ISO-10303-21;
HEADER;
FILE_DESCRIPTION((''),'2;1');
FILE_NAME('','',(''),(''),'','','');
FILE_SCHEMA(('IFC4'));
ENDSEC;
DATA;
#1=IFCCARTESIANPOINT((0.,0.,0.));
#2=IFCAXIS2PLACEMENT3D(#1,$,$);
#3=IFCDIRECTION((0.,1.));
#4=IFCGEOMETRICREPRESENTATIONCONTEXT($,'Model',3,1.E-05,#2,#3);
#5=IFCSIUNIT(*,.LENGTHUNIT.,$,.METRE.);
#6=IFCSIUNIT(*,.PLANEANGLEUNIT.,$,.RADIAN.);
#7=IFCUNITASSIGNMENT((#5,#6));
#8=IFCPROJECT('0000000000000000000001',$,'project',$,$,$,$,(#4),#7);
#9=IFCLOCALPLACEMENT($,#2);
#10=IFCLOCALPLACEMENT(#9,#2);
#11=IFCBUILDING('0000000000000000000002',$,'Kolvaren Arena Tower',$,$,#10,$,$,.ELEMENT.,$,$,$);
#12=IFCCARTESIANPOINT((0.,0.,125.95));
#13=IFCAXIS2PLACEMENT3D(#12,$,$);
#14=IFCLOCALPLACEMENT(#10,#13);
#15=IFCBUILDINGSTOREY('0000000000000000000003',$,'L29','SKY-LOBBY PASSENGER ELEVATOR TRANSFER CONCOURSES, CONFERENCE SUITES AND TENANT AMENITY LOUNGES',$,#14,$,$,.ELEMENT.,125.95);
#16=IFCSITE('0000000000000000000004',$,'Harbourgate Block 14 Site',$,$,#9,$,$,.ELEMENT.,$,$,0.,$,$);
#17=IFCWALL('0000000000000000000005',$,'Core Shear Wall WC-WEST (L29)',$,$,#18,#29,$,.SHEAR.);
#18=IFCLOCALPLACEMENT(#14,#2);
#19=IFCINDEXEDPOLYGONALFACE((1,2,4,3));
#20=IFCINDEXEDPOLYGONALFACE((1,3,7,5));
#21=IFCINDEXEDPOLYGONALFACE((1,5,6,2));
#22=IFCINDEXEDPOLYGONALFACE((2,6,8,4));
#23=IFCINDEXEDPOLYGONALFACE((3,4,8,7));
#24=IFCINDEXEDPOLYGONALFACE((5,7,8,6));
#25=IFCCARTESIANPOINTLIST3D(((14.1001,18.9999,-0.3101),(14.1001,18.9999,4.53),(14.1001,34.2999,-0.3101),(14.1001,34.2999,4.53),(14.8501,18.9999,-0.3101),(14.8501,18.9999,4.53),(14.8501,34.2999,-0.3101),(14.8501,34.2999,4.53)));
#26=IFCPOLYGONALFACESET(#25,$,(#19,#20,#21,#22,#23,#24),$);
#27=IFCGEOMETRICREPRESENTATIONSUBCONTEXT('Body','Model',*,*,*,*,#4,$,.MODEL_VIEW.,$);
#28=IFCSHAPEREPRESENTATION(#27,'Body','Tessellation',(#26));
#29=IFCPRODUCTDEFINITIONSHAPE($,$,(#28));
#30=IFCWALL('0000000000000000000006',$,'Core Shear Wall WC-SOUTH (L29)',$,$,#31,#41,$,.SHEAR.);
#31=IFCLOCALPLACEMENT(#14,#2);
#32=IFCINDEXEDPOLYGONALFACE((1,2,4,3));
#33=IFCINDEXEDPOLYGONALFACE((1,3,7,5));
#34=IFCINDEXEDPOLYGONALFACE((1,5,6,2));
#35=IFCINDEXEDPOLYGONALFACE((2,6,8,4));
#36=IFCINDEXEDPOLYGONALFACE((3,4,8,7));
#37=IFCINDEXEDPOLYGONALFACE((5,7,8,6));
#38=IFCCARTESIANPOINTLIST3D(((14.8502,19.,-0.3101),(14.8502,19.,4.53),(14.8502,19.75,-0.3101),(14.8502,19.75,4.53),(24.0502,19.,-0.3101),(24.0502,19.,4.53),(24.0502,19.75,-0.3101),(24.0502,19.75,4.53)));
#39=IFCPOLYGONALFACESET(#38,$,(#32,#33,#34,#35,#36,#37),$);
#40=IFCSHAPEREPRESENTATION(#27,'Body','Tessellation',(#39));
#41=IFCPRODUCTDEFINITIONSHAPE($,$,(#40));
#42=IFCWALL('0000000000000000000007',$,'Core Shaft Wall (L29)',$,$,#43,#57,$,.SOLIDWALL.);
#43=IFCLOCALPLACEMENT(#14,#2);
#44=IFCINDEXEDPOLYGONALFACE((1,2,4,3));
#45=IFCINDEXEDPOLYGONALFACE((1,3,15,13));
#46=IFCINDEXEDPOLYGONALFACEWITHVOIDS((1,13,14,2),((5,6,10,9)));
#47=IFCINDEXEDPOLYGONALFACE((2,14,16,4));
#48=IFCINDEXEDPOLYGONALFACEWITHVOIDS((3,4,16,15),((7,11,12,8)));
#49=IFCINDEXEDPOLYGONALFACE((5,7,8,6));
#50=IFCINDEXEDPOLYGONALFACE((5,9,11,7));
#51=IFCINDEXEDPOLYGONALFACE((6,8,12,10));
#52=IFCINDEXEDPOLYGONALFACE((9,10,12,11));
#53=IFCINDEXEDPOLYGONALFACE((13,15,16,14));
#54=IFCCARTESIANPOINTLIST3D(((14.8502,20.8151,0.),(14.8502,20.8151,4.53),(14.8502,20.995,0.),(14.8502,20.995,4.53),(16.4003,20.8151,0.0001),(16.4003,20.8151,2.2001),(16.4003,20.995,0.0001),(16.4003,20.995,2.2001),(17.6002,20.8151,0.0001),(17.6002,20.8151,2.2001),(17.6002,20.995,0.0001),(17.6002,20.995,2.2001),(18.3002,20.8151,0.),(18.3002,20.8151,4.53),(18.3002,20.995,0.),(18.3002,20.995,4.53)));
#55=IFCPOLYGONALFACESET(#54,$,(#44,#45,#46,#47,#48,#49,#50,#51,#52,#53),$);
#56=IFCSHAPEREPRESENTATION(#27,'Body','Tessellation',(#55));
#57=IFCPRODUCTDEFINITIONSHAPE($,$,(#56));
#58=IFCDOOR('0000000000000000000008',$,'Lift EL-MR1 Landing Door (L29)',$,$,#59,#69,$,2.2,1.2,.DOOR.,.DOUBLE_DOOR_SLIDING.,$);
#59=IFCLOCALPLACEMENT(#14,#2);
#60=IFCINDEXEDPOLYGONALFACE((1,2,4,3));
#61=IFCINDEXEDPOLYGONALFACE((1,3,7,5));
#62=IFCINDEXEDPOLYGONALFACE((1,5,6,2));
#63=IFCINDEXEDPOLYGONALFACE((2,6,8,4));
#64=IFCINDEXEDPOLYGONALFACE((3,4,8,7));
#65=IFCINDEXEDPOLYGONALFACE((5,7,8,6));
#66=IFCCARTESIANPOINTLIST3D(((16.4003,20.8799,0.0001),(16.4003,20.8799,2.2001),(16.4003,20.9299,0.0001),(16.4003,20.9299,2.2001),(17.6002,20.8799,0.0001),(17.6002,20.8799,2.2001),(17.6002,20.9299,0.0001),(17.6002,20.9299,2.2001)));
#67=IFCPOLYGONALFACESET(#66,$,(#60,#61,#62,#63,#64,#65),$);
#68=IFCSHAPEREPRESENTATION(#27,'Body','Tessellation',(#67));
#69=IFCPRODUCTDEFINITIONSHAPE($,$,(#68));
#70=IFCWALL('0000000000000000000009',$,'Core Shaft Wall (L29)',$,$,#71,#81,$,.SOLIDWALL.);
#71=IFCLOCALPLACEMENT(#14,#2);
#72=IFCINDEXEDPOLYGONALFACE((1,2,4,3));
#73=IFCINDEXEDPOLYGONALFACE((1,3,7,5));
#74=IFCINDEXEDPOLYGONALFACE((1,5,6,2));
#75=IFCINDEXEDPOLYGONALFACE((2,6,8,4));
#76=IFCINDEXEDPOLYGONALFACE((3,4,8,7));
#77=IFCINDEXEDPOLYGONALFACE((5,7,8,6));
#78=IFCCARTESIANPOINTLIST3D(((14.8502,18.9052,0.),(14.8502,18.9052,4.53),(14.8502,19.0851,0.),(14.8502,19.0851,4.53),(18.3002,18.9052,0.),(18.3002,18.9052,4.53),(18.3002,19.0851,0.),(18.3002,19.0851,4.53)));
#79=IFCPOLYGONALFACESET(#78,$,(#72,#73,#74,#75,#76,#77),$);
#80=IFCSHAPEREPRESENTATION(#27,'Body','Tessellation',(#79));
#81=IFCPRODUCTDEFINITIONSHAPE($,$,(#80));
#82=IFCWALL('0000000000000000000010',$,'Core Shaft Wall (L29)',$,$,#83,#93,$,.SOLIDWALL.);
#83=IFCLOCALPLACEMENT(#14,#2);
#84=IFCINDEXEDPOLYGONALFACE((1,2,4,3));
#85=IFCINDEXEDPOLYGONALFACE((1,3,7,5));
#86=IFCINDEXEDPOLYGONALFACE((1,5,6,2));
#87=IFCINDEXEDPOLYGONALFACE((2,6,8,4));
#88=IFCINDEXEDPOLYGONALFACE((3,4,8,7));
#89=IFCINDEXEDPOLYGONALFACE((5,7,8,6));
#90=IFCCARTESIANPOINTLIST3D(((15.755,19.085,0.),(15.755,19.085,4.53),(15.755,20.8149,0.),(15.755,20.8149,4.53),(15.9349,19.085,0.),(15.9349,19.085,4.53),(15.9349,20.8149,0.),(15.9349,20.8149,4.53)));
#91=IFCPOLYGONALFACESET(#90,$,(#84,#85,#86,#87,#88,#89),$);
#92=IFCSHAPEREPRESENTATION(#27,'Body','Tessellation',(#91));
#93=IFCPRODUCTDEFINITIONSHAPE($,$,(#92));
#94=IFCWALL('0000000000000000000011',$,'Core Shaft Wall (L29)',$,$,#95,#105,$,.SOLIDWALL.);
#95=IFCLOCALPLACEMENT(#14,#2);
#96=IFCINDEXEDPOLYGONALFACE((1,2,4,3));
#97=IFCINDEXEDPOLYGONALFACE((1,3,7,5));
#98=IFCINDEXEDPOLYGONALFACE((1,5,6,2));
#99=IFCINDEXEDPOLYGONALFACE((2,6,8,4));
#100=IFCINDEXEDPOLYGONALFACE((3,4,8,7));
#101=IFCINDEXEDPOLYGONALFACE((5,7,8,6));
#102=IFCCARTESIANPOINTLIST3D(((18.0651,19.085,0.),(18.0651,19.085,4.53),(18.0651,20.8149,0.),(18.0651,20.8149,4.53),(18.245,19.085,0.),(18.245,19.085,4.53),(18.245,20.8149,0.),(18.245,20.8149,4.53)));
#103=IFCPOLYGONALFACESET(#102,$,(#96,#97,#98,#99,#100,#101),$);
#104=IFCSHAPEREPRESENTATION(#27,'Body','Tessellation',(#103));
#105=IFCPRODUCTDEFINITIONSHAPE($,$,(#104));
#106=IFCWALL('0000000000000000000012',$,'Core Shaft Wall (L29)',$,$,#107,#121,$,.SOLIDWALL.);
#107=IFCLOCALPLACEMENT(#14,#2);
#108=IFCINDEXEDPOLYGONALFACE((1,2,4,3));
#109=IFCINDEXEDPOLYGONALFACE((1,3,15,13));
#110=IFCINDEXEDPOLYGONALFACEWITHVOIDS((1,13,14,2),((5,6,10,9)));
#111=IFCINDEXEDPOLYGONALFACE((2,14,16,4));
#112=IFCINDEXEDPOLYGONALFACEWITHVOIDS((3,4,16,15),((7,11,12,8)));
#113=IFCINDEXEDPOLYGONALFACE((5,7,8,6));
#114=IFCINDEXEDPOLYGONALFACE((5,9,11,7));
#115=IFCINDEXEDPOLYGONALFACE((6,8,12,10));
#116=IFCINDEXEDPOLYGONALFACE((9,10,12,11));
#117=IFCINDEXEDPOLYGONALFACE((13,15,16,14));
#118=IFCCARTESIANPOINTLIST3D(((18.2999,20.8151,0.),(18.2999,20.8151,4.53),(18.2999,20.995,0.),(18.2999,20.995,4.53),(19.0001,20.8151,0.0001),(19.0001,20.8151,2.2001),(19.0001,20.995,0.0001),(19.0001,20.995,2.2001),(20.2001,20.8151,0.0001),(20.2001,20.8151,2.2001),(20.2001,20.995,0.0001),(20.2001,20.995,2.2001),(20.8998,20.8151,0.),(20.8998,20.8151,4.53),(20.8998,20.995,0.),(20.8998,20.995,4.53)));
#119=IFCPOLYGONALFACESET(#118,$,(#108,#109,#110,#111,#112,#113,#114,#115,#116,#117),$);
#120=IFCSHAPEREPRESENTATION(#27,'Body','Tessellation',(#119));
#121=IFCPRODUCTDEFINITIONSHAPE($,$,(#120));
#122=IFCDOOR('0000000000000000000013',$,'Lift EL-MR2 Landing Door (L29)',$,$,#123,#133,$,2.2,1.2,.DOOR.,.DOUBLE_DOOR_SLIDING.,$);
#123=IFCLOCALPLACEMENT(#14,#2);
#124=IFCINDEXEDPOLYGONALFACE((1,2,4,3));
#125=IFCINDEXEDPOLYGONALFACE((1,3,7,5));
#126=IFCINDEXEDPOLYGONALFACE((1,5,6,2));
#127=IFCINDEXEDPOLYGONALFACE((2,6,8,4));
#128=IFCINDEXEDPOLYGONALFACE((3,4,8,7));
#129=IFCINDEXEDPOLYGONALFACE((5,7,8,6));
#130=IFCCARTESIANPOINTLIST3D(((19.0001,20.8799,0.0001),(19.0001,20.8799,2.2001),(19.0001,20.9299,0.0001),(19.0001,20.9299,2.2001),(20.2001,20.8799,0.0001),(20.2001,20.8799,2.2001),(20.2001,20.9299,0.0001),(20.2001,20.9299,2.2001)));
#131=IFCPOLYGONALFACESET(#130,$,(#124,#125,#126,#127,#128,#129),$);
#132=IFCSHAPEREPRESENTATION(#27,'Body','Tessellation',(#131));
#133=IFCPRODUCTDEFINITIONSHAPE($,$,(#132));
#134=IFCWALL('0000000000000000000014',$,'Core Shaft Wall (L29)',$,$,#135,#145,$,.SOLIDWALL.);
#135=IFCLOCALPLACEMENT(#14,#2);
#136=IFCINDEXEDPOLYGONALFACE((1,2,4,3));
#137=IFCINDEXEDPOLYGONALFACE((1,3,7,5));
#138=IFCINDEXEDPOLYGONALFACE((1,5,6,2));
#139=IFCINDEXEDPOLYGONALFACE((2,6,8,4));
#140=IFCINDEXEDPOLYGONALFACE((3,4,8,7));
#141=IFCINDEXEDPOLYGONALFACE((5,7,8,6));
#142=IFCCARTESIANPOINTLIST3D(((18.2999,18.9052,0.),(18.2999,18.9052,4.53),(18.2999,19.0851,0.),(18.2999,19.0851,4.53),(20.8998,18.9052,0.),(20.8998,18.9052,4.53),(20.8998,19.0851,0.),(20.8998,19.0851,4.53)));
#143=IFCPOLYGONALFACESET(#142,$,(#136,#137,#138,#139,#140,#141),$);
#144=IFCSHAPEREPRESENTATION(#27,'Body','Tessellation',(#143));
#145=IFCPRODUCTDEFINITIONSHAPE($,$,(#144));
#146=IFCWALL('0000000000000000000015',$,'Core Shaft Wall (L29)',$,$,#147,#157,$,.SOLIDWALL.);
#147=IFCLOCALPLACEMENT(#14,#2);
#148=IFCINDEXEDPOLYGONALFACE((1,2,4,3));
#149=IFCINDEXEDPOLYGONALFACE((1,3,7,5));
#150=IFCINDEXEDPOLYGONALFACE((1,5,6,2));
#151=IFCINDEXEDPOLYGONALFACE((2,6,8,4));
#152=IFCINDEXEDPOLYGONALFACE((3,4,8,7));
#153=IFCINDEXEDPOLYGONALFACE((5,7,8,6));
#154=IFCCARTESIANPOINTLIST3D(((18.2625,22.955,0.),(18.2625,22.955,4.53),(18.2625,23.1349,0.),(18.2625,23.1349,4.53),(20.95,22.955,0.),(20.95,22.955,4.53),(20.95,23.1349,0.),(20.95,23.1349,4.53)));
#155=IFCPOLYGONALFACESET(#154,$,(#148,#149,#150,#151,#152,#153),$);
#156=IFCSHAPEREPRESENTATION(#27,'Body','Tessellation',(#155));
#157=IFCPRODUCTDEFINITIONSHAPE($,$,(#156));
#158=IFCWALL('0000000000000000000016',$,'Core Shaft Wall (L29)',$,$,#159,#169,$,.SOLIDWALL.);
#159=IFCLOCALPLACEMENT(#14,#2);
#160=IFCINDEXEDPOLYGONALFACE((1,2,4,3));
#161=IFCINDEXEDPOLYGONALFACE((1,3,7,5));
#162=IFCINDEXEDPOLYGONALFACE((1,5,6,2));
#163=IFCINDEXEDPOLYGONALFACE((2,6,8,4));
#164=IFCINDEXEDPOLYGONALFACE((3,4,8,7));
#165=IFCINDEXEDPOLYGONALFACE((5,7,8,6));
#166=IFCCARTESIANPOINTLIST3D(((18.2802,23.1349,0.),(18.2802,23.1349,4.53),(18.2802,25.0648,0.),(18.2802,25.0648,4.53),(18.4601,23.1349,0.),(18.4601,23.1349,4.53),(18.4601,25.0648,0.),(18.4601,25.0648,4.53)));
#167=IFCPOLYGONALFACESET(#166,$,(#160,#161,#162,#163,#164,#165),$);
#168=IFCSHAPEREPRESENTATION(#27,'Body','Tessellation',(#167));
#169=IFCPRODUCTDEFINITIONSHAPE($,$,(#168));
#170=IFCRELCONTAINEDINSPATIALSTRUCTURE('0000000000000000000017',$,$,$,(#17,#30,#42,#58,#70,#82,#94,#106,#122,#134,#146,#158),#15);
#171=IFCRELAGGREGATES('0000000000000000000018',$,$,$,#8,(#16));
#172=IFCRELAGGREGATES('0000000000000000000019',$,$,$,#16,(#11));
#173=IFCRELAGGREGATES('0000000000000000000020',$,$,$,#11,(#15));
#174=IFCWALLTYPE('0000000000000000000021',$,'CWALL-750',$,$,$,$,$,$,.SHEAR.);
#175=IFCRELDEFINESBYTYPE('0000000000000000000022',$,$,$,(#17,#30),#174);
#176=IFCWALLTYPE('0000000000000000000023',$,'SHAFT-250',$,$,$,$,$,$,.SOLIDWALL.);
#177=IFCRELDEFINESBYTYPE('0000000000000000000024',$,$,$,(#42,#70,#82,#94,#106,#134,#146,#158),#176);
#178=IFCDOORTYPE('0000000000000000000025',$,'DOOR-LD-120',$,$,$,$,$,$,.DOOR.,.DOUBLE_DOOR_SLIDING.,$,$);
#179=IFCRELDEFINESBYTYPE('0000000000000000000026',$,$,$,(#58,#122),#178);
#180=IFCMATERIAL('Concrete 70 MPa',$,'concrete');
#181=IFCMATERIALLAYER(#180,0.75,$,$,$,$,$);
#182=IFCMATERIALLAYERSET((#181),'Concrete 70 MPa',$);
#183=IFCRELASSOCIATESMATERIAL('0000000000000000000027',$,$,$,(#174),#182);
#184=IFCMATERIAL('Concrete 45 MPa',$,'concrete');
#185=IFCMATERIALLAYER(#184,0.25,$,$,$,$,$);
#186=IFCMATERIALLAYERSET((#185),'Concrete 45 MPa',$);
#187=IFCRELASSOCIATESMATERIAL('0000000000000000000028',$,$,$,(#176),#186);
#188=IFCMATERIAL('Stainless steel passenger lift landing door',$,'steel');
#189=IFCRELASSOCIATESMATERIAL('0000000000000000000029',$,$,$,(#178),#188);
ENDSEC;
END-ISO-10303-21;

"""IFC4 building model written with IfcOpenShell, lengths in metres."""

from ifc_helpers import new_model, si_unit, direction, frame, frame_2d, origin, place, context, subcontext, project, spatial, rectangle, extrude, material, layer, layer_set, type_object, element, fill, save


model = new_model("IFC4")

# Units and contexts
model_context = context("Model", 3, precision=1e-05, world=origin(), true_north=direction((0.0, 1.0)))
body_context = subcontext(model_context, "Body", "Model", "MODEL_VIEW")
ifc_project = project(units=[si_unit("LENGTHUNIT", "METRE"), si_unit("PLANEANGLEUNIT", "RADIAN")], contexts=[model_context])

# Site, building, storey
site_placement = place(None, origin())
site = spatial("IfcSite", under=ifc_project, at=site_placement, Name="Harbourgate Block 14 Site", CompositionType="ELEMENT", RefElevation=0.0)
building_placement = place(site_placement, origin())
building = spatial("IfcBuilding", under=site, at=building_placement, Name="Kolvaren Arena Tower", CompositionType="ELEMENT")
storey_placement = place(building_placement, frame((0.0, 0.0, 125.95)))
storey = spatial("IfcBuildingStorey", under=building, at=storey_placement, Name="L29", Description="SKY-LOBBY PASSENGER ELEVATOR TRANSFER CONCOURSES, CONFERENCE SUITES AND TENANT AMENITY LOUNGES", CompositionType="ELEMENT", Elevation=125.95)

# Walls
ifc_material_1 = material(Name="Concrete 70 MPa", Category="concrete")
ifc_layer_1 = layer(ifc_material_1, 0.75)
ifc_layer_set_1 = layer_set([ifc_layer_1], Name="Concrete 70 MPa")
wall_type_1 = type_object("IfcWallType", Name="CWALL-750", PredefinedType="SHEAR", material=ifc_layer_set_1)
wall_1_placement = place(storey_placement, frame((14.4751, 19.0, -0.3101), z_axis=(0.0, 0.0, 1.0), x_axis=(0.0, 1.0, 0.0)))
element("IfcWall", 1, at=wall_1_placement, inside=storey, type_object=wall_type_1, Name="Core Shear Wall WC-WEST (L29)", PredefinedType="SHEAR", context=body_context, shape_type="SweptSolid", body=[
    extrude(rectangle(XDim=15.3, YDim=0.75, at=frame_2d((7.6499, 0.0))), origin(), (0.0, 0.0, 1.0), 4.8401),
])
wall_2_placement = place(storey_placement, frame((14.8501, 19.375, -0.3101), z_axis=(0.0, 0.0, 1.0), x_axis=(1.0, 0.0, 0.0)))
element("IfcWall", 2, at=wall_2_placement, inside=storey, type_object=wall_type_1, Name="Core Shear Wall WC-SOUTH (L29)", PredefinedType="SHEAR", context=body_context, shape_type="SweptSolid", body=[
    extrude(rectangle(XDim=9.2, YDim=0.75, at=frame_2d((4.6001, 0.0))), origin(), (0.0, 0.0, 1.0), 4.8401),
])

# Wall, opening, door
ifc_material_2 = material(Name="Concrete 45 MPa", Category="concrete")
ifc_layer_2 = layer(ifc_material_2, 0.25)
ifc_layer_set_2 = layer_set([ifc_layer_2], Name="Concrete 45 MPa")
wall_type_2 = type_object("IfcWallType", Name="SHAFT-250", PredefinedType="SOLIDWALL", material=ifc_layer_set_2)
wall_3_placement = place(storey_placement, frame((14.8501, 20.905, 0.0), z_axis=(0.0, 0.0, 1.0), x_axis=(1.0, 0.0, 0.0)))
wall_3 = element("IfcWall", 3, at=wall_3_placement, inside=storey, type_object=wall_type_2, Name="Core Shaft Wall (L29)", PredefinedType="SOLIDWALL", context=body_context, shape_type="SweptSolid", body=[
    extrude(rectangle(XDim=3.45, YDim=0.1799, at=frame_2d((1.7251, 0.0))), origin(), (0.0, 0.0, 1.0), 4.53),
])
opening_1_placement = place(wall_3_placement, frame((1.55, 0.0, 0.0)))
opening_1 = element("IfcOpeningElement", 4, at=opening_1_placement, cuts=wall_3, PredefinedType="OPENING", context=body_context, shape_type="SweptSolid", body=[
    extrude(rectangle(XDim=1.2, YDim=2.2, at=frame_2d((0.6001, 1.1001))), frame((0.0, 0.0999, 0.0), z_axis=(0.0, -1.0, 0.0), x_axis=(1.0, 0.0, 0.0)), (0.0, 0.0, 1.0), 0.2),
])
ifc_material_3 = material(Name="Stainless steel passenger lift landing door", Category="steel")
door_type_1 = type_object("IfcDoorType", Name="DOOR-LD-120", OperationType="DOUBLE_DOOR_SLIDING", PredefinedType="DOOR", material=ifc_material_3)
door_1_placement = place(opening_1_placement, origin())
door_1 = element("IfcDoor", 5, at=door_1_placement, inside=storey, type_object=door_type_1, Name="Lift EL-MR1 Landing Door (L29)", OperationType="DOUBLE_DOOR_SLIDING", OverallHeight=2.2, OverallWidth=1.2, PredefinedType="DOOR", context=body_context, shape_type="SweptSolid", body=[
    extrude(rectangle(XDim=1.2, YDim=2.2, at=frame_2d((0.6001, 1.1001))), frame((0.0, 0.0249, 0.0), z_axis=(0.0, -1.0, 0.0), x_axis=(1.0, 0.0, 0.0)), (0.0, 0.0, 1.0), 0.05),
])
fill(opening_1, door_1)

# Walls
wall_4_placement = place(storey_placement, frame((14.8501, 18.9951, 0.0), z_axis=(0.0, 0.0, 1.0), x_axis=(1.0, 0.0, 0.0)))
element("IfcWall", 6, at=wall_4_placement, inside=storey, type_object=wall_type_2, Name="Core Shaft Wall (L29)", PredefinedType="SOLIDWALL", context=body_context, shape_type="SweptSolid", body=[
    extrude(rectangle(XDim=3.45, YDim=0.1799, at=frame_2d((1.7251, 0.0))), origin(), (0.0, 0.0, 1.0), 4.53),
])
for number, where, z_axis, x_axis, name in (
    (7, (15.845, 19.085, 0.0), (0.0, 0.0, 1.0), (0.0, 1.0, 0.0), "Core Shaft Wall (L29)"),
    (8, (18.155, 19.085, 0.0), (0.0, 0.0, 1.0), (0.0, 1.0, 0.0), "Core Shaft Wall (L29)"),
):
    element("IfcWall", number, at=place(storey_placement, frame(where, z_axis=z_axis, x_axis=x_axis)), inside=storey, type_object=wall_type_2, Name=name, PredefinedType="SOLIDWALL", context=body_context, shape_type="SweptSolid", body=[
        extrude(rectangle(XDim=1.73, YDim=0.1799, at=frame_2d((0.865, 0.0))), origin(), (0.0, 0.0, 1.0), 4.53),
    ])

# Wall, opening, door
wall_5_placement = place(storey_placement, frame((18.3, 20.905, 0.0), z_axis=(0.0, 0.0, 1.0), x_axis=(1.0, 0.0, 0.0)))
wall_5 = element("IfcWall", 9, at=wall_5_placement, inside=storey, type_object=wall_type_2, Name="Core Shaft Wall (L29)", PredefinedType="SOLIDWALL", context=body_context, shape_type="SweptSolid", body=[
    extrude(rectangle(XDim=2.5999, YDim=0.1799, at=frame_2d((1.2998, 0.0))), origin(), (0.0, 0.0, 1.0), 4.53),
])
opening_2_placement = place(wall_5_placement, frame((0.7, 0.0, 0.0)))
opening_2 = element("IfcOpeningElement", 10, at=opening_2_placement, cuts=wall_5, PredefinedType="OPENING", context=body_context, shape_type="SweptSolid", body=[
    extrude(rectangle(XDim=1.2, YDim=2.2, at=frame_2d((0.6001, 1.1001))), frame((0.0, 0.0999, 0.0), z_axis=(0.0, -1.0, 0.0), x_axis=(1.0, 0.0, 0.0)), (0.0, 0.0, 1.0), 0.2),
])
door_2_placement = place(opening_2_placement, origin())
door_2 = element("IfcDoor", 11, at=door_2_placement, inside=storey, type_object=door_type_1, Name="Lift EL-MR2 Landing Door (L29)", OperationType="DOUBLE_DOOR_SLIDING", OverallHeight=2.2, OverallWidth=1.2, PredefinedType="DOOR", context=body_context, shape_type="SweptSolid", body=[
    extrude(rectangle(XDim=1.2, YDim=2.2, at=frame_2d((0.6001, 1.1001))), frame((0.0, 0.0249, 0.0), z_axis=(0.0, -1.0, 0.0), x_axis=(1.0, 0.0, 0.0)), (0.0, 0.0, 1.0), 0.05),
])
fill(opening_2, door_2)

# Walls
wall_6_placement = place(storey_placement, frame((18.3, 18.9951, 0.0), z_axis=(0.0, 0.0, 1.0), x_axis=(1.0, 0.0, 0.0)))
element("IfcWall", 12, at=wall_6_placement, inside=storey, type_object=wall_type_2, Name="Core Shaft Wall (L29)", PredefinedType="SOLIDWALL", context=body_context, shape_type="SweptSolid", body=[
    extrude(rectangle(XDim=2.5999, YDim=0.1799, at=frame_2d((1.2998, 0.0))), origin(), (0.0, 0.0, 1.0), 4.53),
])
wall_7_placement = place(storey_placement, frame((18.2625, 23.0449, 0.0), z_axis=(0.0, 0.0, 1.0), x_axis=(1.0, 0.0, 0.0)))
element("IfcWall", 13, at=wall_7_placement, inside=storey, type_object=wall_type_2, Name="Core Shaft Wall (L29)", PredefinedType="SOLIDWALL", context=body_context, shape_type="SweptSolid", body=[
    extrude(rectangle(XDim=2.6875, YDim=0.1799, at=frame_2d((1.3438, 0.0))), origin(), (0.0, 0.0, 1.0), 4.53),
])
wall_8_placement = place(storey_placement, frame((18.3701, 23.135, 0.0), z_axis=(0.0, 0.0, 1.0), x_axis=(0.0, 1.0, 0.0)))
element("IfcWall", 14, at=wall_8_placement, inside=storey, type_object=wall_type_2, Name="Core Shaft Wall (L29)", PredefinedType="SOLIDWALL", context=body_context, shape_type="SweptSolid", body=[
    extrude(rectangle(XDim=1.9299, YDim=0.1799, at=frame_2d((0.9648, 0.0))), origin(), (0.0, 0.0, 1.0), 4.53),
])

save(model, "model.ifc")
